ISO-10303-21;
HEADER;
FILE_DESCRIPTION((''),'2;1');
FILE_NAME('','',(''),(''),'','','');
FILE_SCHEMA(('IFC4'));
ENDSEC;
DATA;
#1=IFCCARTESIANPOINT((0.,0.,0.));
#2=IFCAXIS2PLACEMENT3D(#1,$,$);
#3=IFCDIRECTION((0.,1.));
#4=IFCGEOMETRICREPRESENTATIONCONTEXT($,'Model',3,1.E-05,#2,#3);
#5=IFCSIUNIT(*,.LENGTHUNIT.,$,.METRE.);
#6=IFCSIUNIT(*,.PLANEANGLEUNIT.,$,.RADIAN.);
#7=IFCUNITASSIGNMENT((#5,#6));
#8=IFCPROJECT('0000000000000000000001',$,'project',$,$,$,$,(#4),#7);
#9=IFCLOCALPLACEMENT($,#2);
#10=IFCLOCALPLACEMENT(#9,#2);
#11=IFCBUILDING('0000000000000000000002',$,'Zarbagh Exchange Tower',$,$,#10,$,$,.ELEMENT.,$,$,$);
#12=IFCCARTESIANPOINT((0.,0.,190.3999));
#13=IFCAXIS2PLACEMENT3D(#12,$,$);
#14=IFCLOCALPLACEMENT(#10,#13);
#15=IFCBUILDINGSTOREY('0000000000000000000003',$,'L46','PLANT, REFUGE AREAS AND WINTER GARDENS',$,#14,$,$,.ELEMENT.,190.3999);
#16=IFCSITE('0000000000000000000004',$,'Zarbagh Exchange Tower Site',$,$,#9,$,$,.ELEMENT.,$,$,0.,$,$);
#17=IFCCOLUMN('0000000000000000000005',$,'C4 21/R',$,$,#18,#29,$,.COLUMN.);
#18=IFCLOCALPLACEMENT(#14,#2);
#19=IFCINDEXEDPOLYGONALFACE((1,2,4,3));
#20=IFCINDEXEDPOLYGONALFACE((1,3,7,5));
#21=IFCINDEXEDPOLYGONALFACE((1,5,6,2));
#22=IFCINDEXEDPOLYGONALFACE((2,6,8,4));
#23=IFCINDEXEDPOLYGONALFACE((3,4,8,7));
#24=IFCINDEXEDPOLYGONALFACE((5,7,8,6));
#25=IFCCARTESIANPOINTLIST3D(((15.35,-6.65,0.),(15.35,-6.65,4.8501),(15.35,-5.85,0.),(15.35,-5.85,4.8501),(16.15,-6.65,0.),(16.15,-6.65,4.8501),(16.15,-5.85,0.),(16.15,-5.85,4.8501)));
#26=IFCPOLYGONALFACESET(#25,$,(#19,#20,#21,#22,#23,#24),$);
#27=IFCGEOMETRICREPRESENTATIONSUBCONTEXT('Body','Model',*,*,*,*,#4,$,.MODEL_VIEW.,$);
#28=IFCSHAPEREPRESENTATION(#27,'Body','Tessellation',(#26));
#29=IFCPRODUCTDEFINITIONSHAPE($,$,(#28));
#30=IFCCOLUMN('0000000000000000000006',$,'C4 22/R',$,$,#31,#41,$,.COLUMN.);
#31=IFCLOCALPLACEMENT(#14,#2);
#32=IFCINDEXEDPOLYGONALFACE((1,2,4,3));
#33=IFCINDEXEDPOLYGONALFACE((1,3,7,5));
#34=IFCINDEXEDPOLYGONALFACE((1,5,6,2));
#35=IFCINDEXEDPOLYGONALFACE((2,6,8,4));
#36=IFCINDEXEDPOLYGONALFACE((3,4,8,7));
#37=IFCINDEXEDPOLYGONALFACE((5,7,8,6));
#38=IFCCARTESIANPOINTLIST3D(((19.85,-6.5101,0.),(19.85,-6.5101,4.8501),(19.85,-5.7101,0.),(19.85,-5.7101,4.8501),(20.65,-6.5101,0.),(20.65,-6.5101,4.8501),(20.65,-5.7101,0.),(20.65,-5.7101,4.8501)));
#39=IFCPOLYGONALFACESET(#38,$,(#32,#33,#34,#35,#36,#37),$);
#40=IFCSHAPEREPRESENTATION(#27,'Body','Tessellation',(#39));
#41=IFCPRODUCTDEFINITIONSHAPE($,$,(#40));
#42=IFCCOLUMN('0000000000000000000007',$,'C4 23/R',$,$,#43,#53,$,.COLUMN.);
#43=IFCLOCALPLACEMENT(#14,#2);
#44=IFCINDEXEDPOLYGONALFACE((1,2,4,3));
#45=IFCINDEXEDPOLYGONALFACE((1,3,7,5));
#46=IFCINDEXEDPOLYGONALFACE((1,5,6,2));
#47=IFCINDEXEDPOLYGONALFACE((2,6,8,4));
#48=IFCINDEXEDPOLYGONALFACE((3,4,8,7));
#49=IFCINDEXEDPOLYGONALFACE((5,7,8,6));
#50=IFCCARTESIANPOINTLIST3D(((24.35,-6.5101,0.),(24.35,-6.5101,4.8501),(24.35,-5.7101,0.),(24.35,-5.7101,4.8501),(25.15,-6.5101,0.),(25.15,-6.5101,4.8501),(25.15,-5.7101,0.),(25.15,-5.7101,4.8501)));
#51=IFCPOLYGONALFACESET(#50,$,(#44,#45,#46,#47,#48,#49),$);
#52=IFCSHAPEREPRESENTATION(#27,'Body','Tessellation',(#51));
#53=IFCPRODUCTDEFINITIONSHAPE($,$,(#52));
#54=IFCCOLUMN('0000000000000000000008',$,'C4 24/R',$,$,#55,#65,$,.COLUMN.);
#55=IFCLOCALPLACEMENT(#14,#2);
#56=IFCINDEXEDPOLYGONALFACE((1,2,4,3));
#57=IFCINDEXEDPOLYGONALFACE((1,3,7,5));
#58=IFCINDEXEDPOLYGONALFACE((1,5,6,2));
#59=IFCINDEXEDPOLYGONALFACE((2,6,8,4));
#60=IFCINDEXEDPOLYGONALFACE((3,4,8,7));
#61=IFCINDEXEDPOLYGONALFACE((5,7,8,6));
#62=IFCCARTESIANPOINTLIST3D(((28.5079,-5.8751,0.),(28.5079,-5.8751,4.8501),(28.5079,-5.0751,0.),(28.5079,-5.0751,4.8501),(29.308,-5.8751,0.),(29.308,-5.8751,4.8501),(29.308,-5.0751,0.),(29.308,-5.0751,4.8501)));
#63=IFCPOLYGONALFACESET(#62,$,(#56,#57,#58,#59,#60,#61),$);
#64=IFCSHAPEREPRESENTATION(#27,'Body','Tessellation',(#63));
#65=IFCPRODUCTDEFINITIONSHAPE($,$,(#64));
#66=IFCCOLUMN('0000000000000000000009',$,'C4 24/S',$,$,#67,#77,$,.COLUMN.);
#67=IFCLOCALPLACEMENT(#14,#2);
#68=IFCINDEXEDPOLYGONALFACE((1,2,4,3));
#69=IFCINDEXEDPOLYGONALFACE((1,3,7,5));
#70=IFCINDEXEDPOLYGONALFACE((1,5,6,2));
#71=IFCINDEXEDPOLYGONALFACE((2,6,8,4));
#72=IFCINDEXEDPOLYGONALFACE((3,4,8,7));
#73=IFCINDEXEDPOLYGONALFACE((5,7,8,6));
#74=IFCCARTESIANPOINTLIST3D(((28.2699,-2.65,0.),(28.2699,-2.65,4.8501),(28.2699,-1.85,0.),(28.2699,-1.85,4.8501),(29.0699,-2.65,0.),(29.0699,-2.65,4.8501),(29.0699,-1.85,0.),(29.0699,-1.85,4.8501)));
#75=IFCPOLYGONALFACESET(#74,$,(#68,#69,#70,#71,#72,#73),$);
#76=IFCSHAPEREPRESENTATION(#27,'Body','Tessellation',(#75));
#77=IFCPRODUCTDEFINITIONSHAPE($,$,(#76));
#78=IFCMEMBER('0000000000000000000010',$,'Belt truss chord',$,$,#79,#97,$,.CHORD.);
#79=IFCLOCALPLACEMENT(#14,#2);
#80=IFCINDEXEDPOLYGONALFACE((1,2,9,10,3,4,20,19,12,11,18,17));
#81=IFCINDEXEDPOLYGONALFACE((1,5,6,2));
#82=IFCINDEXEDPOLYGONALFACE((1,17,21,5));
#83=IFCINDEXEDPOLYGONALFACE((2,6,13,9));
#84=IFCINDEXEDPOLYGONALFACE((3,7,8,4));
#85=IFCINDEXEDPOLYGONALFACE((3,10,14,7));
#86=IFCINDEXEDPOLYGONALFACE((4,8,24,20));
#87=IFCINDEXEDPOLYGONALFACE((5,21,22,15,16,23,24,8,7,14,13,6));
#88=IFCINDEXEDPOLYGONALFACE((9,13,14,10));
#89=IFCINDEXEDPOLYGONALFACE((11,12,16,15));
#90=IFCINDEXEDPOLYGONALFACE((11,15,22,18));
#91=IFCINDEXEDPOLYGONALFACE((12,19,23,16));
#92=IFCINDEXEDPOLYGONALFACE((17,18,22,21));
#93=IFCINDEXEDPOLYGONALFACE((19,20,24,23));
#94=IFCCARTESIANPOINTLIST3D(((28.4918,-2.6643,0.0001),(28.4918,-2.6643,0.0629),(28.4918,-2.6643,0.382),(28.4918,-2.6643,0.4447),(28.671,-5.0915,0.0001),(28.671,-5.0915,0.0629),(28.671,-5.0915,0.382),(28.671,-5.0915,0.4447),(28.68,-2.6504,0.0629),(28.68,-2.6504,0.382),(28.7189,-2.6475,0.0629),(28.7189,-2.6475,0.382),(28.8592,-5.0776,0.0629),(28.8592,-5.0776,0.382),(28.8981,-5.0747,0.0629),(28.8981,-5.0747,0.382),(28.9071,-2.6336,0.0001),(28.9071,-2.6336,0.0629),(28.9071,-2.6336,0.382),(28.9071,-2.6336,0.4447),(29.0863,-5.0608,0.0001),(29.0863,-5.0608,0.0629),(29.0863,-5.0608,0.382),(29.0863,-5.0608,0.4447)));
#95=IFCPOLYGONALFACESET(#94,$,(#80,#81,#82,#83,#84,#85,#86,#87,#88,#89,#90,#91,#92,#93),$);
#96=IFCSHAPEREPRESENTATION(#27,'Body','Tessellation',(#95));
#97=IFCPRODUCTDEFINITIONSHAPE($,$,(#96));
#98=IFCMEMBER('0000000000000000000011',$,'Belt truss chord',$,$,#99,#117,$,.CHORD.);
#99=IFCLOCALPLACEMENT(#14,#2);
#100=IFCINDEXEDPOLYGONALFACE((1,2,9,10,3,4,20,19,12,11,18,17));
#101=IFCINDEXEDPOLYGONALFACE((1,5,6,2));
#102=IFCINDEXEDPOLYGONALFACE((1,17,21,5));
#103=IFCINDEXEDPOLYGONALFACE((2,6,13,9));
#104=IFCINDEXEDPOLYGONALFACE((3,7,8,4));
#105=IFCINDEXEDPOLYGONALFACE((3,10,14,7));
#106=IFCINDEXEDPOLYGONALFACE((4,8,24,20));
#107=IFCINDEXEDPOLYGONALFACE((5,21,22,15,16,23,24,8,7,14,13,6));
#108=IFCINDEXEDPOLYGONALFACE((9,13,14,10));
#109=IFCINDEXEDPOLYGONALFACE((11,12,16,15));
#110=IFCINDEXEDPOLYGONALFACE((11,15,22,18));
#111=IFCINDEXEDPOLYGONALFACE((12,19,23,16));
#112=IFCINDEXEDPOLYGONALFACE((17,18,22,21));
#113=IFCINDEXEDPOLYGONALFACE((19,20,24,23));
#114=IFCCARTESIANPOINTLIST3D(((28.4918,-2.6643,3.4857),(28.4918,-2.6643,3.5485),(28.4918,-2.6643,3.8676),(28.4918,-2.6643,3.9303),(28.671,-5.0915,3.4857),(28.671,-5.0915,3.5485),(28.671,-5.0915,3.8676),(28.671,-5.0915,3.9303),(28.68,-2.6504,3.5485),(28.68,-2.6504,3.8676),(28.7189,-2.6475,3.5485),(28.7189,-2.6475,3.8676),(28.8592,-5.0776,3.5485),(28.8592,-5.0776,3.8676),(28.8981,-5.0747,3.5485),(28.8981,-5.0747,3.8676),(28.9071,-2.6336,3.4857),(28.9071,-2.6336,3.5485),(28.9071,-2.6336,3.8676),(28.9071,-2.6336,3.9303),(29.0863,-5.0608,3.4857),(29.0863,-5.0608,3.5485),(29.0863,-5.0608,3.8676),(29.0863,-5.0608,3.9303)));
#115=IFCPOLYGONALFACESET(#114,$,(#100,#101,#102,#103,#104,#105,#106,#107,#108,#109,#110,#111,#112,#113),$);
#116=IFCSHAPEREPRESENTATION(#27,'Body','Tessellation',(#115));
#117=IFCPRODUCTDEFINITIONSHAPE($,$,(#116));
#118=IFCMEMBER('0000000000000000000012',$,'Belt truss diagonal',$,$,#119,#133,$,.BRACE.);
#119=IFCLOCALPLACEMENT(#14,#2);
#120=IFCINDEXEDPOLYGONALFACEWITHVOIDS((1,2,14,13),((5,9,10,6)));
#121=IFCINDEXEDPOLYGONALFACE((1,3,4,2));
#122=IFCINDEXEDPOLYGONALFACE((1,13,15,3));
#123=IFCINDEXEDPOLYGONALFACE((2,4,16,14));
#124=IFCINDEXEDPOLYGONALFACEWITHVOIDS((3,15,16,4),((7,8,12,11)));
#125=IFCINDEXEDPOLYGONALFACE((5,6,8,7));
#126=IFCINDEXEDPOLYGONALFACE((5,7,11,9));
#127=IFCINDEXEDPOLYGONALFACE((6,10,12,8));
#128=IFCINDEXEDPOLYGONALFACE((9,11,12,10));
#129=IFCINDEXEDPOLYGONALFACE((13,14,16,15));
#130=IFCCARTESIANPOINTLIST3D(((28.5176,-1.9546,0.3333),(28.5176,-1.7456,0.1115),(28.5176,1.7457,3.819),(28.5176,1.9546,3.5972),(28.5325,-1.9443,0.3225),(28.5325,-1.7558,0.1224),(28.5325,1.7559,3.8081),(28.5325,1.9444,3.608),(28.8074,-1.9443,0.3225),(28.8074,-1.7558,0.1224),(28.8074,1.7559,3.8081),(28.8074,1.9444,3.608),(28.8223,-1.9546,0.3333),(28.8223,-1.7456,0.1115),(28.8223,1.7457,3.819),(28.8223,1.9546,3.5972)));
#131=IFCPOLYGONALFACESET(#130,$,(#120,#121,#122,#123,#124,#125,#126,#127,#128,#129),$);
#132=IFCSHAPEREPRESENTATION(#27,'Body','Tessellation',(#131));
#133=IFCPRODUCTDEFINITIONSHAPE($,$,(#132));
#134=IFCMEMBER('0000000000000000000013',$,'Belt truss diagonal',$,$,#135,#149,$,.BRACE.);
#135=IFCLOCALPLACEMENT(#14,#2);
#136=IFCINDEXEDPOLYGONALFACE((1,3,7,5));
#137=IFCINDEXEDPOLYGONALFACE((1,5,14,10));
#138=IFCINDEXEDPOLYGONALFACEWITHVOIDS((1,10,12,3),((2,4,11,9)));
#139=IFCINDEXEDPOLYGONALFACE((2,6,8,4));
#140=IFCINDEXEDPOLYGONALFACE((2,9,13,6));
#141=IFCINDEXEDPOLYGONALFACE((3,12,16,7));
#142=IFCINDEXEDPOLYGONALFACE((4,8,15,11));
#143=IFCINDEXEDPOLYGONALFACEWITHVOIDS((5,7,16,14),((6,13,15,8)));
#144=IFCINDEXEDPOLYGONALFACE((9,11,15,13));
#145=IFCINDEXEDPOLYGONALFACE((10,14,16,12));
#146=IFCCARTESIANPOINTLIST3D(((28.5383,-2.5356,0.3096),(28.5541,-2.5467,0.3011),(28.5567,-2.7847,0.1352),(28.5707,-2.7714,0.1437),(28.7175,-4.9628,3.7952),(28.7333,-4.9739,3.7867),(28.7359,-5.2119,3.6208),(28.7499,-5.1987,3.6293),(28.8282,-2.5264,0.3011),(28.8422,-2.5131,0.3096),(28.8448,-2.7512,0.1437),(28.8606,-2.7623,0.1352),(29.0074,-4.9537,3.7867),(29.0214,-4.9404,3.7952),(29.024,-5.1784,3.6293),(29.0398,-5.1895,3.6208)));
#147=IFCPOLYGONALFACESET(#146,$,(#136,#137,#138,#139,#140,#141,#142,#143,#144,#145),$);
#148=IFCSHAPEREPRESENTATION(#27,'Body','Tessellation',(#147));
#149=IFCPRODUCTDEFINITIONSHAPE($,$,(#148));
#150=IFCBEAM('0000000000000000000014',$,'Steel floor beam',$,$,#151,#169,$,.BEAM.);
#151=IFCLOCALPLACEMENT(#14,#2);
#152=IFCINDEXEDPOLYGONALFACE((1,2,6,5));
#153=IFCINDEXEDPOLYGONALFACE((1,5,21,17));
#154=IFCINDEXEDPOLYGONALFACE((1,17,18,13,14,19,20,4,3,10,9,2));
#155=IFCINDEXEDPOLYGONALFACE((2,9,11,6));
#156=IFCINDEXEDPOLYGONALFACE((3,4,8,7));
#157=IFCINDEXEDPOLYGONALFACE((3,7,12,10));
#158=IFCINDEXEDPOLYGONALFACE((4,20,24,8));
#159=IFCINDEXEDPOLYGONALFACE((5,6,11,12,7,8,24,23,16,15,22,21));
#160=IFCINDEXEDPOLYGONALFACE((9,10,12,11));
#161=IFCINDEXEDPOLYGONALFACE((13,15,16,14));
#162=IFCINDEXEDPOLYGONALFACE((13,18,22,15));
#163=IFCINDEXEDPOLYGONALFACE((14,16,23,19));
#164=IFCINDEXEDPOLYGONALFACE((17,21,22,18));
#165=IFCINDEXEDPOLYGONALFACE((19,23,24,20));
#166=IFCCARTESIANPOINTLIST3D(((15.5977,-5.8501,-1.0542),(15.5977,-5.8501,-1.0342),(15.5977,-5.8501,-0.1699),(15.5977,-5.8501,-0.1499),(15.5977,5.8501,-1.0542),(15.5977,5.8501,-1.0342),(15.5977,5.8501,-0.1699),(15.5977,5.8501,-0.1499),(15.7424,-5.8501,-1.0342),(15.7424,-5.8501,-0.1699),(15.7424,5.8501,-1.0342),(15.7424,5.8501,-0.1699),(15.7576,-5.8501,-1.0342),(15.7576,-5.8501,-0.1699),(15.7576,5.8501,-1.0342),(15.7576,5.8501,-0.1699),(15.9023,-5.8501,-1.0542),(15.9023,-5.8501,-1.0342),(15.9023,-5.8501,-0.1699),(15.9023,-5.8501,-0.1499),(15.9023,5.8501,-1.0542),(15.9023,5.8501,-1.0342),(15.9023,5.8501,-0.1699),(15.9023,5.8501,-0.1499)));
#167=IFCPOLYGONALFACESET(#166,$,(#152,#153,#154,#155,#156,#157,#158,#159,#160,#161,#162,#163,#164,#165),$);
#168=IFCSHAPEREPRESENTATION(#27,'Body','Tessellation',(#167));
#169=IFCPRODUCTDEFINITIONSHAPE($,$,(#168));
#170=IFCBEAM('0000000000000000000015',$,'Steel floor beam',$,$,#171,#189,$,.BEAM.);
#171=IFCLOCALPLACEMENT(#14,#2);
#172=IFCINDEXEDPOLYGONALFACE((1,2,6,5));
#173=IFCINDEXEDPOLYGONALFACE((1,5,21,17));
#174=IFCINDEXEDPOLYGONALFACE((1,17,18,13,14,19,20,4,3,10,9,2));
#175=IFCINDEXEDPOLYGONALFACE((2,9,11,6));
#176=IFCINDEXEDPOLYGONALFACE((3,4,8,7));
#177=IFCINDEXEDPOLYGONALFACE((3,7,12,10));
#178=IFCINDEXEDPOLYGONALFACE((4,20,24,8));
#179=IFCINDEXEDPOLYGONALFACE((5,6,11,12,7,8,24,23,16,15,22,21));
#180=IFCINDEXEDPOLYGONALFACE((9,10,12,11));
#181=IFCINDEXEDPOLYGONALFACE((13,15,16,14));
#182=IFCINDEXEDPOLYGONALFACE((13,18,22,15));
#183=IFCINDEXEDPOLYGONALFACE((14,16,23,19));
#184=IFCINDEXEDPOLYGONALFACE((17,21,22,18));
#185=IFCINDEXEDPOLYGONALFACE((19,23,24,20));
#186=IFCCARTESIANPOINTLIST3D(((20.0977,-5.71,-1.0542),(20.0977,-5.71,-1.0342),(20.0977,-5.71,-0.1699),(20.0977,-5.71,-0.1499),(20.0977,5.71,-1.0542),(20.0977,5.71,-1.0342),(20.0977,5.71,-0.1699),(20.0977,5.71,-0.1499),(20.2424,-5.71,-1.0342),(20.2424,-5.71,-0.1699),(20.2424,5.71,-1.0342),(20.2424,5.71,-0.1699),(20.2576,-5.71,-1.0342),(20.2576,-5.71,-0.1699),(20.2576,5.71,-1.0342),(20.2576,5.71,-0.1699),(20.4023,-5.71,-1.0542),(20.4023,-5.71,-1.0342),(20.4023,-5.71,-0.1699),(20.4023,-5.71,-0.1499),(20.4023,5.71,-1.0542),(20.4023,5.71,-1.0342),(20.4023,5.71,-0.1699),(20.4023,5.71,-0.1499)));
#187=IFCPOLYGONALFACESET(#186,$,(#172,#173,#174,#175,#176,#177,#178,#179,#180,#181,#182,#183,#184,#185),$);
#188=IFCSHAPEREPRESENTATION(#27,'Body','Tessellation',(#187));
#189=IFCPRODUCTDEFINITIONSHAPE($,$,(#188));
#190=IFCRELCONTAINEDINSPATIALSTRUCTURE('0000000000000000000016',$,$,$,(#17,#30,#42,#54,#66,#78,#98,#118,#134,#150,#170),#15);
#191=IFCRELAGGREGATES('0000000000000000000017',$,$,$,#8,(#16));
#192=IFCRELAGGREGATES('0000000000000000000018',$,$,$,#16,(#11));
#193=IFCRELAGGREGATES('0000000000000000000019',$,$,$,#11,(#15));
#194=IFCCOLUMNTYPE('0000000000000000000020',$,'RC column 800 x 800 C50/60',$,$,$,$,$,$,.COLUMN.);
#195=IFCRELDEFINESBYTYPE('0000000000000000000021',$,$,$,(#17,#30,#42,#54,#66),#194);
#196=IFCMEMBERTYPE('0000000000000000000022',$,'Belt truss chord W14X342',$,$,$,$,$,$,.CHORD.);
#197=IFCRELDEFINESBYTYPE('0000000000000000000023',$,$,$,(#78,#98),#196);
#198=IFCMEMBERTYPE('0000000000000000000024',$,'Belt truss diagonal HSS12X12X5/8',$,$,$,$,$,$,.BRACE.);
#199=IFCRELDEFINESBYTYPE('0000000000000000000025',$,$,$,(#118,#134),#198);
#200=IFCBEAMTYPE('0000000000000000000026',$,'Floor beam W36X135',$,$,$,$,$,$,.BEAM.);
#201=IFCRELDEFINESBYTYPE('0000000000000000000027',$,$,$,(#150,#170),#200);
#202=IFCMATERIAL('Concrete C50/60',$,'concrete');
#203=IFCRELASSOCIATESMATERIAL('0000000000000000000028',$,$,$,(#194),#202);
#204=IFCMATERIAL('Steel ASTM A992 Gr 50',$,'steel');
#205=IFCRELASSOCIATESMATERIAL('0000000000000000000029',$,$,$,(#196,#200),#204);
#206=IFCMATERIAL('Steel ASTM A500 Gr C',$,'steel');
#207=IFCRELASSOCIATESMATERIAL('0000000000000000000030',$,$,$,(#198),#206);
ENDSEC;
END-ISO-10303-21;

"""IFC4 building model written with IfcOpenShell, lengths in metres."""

from ifc_helpers import new_model, si_unit, direction, frame, origin, origin_2d, place, context, subcontext, project, spatial, rectangle, hollow_rectangle, i_section, extrude, material, material_profile, profile_set, type_object, element, save


model = new_model("IFC4")

# Units and contexts
model_context = context("Model", 3, precision=1e-05, world=origin(), true_north=direction((0.0, 1.0)))
body_context = subcontext(model_context, "Body", "Model", "MODEL_VIEW")
ifc_project = project(units=[si_unit("LENGTHUNIT", "METRE"), si_unit("PLANEANGLEUNIT", "RADIAN")], contexts=[model_context])

# Site, building, storey
site_placement = place(None, origin())
site = spatial("IfcSite", under=ifc_project, at=site_placement, Name="Zarbagh Exchange Tower Site", CompositionType="ELEMENT", RefElevation=0.0)
building_placement = place(site_placement, origin())
building = spatial("IfcBuilding", under=site, at=building_placement, Name="Zarbagh Exchange Tower", CompositionType="ELEMENT")
storey_placement = place(building_placement, frame((0.0, 0.0, 190.3999)))
storey = spatial("IfcBuildingStorey", under=building, at=storey_placement, Name="L46", Description="PLANT, REFUGE AREAS AND WINTER GARDENS", CompositionType="ELEMENT", Elevation=190.3999)

# Columns
ifc_material_1 = material(Name="Concrete C50/60", Category="concrete")
ifc_material_profile_1 = material_profile(ifc_material_1, rectangle(XDim=0.8, YDim=0.8, at=origin_2d()), Name="RC column 800 x 800 C50/60")
ifc_profile_set_1 = profile_set([ifc_material_profile_1], Name="Concrete C50/60")
column_type = type_object("IfcColumnType", Name="RC column 800 x 800 C50/60", PredefinedType="COLUMN", material=ifc_profile_set_1)
for number, where, z_axis, x_axis, name in (
    (1, (15.75, -6.25, 0.0), (0.0, 0.0, 1.0), (1.0, 0.0, 0.0), "C4 21/R"),
    (2, (20.25, -6.1101, 0.0), (0.0, 0.0, 1.0), (1.0, 0.0, 0.0), "C4 22/R"),
    (3, (24.75, -6.1101, 0.0), (0.0, 0.0, 1.0), (1.0, 0.0, 0.0), "C4 23/R"),
    (4, (28.908, -5.4751, 0.0), (0.0, 0.0, 1.0), (1.0, 0.0, 0.0), "C4 24/R"),
    (5, (28.6699, -2.25, 0.0), (0.0, 0.0, 1.0), (1.0, 0.0, 0.0), "C4 24/S"),
):
    element("IfcColumn", number, at=place(storey_placement, frame(where, z_axis=z_axis, x_axis=x_axis)), inside=storey, type_object=column_type, Name=name, PredefinedType="COLUMN", context=body_context, shape_type="SweptSolid", body=[
        extrude(rectangle(XDim=0.8, YDim=0.8, at=origin_2d()), origin(), (0.0, 0.0, 1.0), 4.8501),
    ])

# Members
ifc_material_2 = material(Name="Steel ASTM A992 Gr 50", Category="steel")
ifc_material_profile_2 = material_profile(ifc_material_2, i_section(OverallWidth=0.4165, OverallDepth=0.4446, WebThickness=0.0391, FlangeThickness=0.0627, at=origin_2d()), Name="W14X342")
ifc_profile_set_2 = profile_set([ifc_material_profile_2], Name="Steel ASTM A992 Gr 50")
member_type_1 = type_object("IfcMemberType", Name="Belt truss chord W14X342", PredefinedType="CHORD", material=ifc_profile_set_2)
for number, where, z_axis, x_axis, name in (
    (6, (28.6995, -2.6489, 0.2224), (0.073628, -0.997286, 0.0), (0.997286, 0.073628, 0.0), "Belt truss chord"),
    (7, (28.6995, -2.6489, 3.708), (0.073628, -0.997286, 0.0), (0.997286, 0.073628, 0.0), "Belt truss chord"),
):
    element("IfcMember", number, at=place(storey_placement, frame(where, z_axis=z_axis, x_axis=x_axis)), inside=storey, type_object=member_type_1, Name=name, PredefinedType="CHORD", context=body_context, shape_type="SweptSolid", body=[
        extrude(i_section(OverallWidth=0.4165, OverallDepth=0.4446, WebThickness=0.0391, FlangeThickness=0.0627, at=origin_2d()), origin(), (0.0, 0.0, 1.0), 2.4338),
    ])
ifc_material_3 = material(Name="Steel ASTM A500 Gr C", Category="steel")
ifc_material_profile_3 = material_profile(ifc_material_3, hollow_rectangle(XDim=0.3047, YDim=0.3047, WallThickness=0.0149, at=origin_2d()), Name="HSS12X12X5/8")
ifc_profile_set_3 = profile_set([ifc_material_profile_3], Name="Steel ASTM A500 Gr C")
member_type_2 = type_object("IfcMemberType", Name="Belt truss diagonal HSS12X12X5/8", PredefinedType="BRACE", material=ifc_profile_set_3)
member_1_placement = place(storey_placement, frame((28.6699, -1.8501, 0.2224), z_axis=(0.0, 0.7279, 0.685684), x_axis=(-1.0, 0.0, 0.0)))
element("IfcMember", 8, at=member_1_placement, inside=storey, type_object=member_type_2, Name="Belt truss diagonal", PredefinedType="BRACE", context=body_context, shape_type="SweptSolid", body=[
    extrude(hollow_rectangle(XDim=0.3047, YDim=0.3047, WallThickness=0.0149, at=origin_2d()), origin(), (0.0, 0.0, 1.0), 5.0835),
])
member_2_placement = place(storey_placement, frame((28.6995, -2.6489, 0.2224), z_axis=(0.042152, -0.570951, 0.819902), x_axis=(0.997286, 0.073628, 0.0)))
element("IfcMember", 9, at=member_2_placement, inside=storey, type_object=member_type_2, Name="Belt truss diagonal", PredefinedType="BRACE", context=body_context, shape_type="SweptSolid", body=[
    extrude(hollow_rectangle(XDim=0.3047, YDim=0.3047, WallThickness=0.0149, at=origin_2d()), origin(), (0.0, 0.0, 1.0), 4.2512),
])

# Beams
ifc_material_profile_4 = material_profile(ifc_material_2, i_section(OverallWidth=0.3047, OverallDepth=0.9043, WebThickness=0.0151, FlangeThickness=0.02, at=origin_2d()), Name="W36X135")
ifc_profile_set_4 = profile_set([ifc_material_profile_4], Name="Steel ASTM A992 Gr 50")
beam_type_1 = type_object("IfcBeamType", Name="Floor beam W36X135", PredefinedType="BEAM", material=ifc_profile_set_4)
beam_1_placement = place(storey_placement, frame((15.75, -5.8501, -0.6021), z_axis=(0.0, 1.0, 0.0), x_axis=(-1.0, 0.0, 0.0)))
element("IfcBeam", 10, at=beam_1_placement, inside=storey, type_object=beam_type_1, Name="Steel floor beam", PredefinedType="BEAM", context=body_context, shape_type="SweptSolid", body=[
    extrude(i_section(OverallWidth=0.3047, OverallDepth=0.9043, WebThickness=0.0151, FlangeThickness=0.02, at=origin_2d()), origin(), (0.0, 0.0, 1.0), 11.7002),
])
for number, where, z_axis, x_axis, name in (
    (11, (20.25, -5.71, -0.6021), (0.0, 1.0, 0.0), (-1.0, 0.0, 0.0), "Steel floor beam"),
):
    element("IfcBeam", number, at=place(storey_placement, frame(where, z_axis=z_axis, x_axis=x_axis)), inside=storey, type_object=beam_type_1, Name=name, PredefinedType="BEAM", context=body_context, shape_type="SweptSolid", body=[
        extrude(i_section(OverallWidth=0.3047, OverallDepth=0.9043, WebThickness=0.0151, FlangeThickness=0.02, at=origin_2d()), origin(), (0.0, 0.0, 1.0), 11.4199),
    ])

save(model, "model.ifc")
